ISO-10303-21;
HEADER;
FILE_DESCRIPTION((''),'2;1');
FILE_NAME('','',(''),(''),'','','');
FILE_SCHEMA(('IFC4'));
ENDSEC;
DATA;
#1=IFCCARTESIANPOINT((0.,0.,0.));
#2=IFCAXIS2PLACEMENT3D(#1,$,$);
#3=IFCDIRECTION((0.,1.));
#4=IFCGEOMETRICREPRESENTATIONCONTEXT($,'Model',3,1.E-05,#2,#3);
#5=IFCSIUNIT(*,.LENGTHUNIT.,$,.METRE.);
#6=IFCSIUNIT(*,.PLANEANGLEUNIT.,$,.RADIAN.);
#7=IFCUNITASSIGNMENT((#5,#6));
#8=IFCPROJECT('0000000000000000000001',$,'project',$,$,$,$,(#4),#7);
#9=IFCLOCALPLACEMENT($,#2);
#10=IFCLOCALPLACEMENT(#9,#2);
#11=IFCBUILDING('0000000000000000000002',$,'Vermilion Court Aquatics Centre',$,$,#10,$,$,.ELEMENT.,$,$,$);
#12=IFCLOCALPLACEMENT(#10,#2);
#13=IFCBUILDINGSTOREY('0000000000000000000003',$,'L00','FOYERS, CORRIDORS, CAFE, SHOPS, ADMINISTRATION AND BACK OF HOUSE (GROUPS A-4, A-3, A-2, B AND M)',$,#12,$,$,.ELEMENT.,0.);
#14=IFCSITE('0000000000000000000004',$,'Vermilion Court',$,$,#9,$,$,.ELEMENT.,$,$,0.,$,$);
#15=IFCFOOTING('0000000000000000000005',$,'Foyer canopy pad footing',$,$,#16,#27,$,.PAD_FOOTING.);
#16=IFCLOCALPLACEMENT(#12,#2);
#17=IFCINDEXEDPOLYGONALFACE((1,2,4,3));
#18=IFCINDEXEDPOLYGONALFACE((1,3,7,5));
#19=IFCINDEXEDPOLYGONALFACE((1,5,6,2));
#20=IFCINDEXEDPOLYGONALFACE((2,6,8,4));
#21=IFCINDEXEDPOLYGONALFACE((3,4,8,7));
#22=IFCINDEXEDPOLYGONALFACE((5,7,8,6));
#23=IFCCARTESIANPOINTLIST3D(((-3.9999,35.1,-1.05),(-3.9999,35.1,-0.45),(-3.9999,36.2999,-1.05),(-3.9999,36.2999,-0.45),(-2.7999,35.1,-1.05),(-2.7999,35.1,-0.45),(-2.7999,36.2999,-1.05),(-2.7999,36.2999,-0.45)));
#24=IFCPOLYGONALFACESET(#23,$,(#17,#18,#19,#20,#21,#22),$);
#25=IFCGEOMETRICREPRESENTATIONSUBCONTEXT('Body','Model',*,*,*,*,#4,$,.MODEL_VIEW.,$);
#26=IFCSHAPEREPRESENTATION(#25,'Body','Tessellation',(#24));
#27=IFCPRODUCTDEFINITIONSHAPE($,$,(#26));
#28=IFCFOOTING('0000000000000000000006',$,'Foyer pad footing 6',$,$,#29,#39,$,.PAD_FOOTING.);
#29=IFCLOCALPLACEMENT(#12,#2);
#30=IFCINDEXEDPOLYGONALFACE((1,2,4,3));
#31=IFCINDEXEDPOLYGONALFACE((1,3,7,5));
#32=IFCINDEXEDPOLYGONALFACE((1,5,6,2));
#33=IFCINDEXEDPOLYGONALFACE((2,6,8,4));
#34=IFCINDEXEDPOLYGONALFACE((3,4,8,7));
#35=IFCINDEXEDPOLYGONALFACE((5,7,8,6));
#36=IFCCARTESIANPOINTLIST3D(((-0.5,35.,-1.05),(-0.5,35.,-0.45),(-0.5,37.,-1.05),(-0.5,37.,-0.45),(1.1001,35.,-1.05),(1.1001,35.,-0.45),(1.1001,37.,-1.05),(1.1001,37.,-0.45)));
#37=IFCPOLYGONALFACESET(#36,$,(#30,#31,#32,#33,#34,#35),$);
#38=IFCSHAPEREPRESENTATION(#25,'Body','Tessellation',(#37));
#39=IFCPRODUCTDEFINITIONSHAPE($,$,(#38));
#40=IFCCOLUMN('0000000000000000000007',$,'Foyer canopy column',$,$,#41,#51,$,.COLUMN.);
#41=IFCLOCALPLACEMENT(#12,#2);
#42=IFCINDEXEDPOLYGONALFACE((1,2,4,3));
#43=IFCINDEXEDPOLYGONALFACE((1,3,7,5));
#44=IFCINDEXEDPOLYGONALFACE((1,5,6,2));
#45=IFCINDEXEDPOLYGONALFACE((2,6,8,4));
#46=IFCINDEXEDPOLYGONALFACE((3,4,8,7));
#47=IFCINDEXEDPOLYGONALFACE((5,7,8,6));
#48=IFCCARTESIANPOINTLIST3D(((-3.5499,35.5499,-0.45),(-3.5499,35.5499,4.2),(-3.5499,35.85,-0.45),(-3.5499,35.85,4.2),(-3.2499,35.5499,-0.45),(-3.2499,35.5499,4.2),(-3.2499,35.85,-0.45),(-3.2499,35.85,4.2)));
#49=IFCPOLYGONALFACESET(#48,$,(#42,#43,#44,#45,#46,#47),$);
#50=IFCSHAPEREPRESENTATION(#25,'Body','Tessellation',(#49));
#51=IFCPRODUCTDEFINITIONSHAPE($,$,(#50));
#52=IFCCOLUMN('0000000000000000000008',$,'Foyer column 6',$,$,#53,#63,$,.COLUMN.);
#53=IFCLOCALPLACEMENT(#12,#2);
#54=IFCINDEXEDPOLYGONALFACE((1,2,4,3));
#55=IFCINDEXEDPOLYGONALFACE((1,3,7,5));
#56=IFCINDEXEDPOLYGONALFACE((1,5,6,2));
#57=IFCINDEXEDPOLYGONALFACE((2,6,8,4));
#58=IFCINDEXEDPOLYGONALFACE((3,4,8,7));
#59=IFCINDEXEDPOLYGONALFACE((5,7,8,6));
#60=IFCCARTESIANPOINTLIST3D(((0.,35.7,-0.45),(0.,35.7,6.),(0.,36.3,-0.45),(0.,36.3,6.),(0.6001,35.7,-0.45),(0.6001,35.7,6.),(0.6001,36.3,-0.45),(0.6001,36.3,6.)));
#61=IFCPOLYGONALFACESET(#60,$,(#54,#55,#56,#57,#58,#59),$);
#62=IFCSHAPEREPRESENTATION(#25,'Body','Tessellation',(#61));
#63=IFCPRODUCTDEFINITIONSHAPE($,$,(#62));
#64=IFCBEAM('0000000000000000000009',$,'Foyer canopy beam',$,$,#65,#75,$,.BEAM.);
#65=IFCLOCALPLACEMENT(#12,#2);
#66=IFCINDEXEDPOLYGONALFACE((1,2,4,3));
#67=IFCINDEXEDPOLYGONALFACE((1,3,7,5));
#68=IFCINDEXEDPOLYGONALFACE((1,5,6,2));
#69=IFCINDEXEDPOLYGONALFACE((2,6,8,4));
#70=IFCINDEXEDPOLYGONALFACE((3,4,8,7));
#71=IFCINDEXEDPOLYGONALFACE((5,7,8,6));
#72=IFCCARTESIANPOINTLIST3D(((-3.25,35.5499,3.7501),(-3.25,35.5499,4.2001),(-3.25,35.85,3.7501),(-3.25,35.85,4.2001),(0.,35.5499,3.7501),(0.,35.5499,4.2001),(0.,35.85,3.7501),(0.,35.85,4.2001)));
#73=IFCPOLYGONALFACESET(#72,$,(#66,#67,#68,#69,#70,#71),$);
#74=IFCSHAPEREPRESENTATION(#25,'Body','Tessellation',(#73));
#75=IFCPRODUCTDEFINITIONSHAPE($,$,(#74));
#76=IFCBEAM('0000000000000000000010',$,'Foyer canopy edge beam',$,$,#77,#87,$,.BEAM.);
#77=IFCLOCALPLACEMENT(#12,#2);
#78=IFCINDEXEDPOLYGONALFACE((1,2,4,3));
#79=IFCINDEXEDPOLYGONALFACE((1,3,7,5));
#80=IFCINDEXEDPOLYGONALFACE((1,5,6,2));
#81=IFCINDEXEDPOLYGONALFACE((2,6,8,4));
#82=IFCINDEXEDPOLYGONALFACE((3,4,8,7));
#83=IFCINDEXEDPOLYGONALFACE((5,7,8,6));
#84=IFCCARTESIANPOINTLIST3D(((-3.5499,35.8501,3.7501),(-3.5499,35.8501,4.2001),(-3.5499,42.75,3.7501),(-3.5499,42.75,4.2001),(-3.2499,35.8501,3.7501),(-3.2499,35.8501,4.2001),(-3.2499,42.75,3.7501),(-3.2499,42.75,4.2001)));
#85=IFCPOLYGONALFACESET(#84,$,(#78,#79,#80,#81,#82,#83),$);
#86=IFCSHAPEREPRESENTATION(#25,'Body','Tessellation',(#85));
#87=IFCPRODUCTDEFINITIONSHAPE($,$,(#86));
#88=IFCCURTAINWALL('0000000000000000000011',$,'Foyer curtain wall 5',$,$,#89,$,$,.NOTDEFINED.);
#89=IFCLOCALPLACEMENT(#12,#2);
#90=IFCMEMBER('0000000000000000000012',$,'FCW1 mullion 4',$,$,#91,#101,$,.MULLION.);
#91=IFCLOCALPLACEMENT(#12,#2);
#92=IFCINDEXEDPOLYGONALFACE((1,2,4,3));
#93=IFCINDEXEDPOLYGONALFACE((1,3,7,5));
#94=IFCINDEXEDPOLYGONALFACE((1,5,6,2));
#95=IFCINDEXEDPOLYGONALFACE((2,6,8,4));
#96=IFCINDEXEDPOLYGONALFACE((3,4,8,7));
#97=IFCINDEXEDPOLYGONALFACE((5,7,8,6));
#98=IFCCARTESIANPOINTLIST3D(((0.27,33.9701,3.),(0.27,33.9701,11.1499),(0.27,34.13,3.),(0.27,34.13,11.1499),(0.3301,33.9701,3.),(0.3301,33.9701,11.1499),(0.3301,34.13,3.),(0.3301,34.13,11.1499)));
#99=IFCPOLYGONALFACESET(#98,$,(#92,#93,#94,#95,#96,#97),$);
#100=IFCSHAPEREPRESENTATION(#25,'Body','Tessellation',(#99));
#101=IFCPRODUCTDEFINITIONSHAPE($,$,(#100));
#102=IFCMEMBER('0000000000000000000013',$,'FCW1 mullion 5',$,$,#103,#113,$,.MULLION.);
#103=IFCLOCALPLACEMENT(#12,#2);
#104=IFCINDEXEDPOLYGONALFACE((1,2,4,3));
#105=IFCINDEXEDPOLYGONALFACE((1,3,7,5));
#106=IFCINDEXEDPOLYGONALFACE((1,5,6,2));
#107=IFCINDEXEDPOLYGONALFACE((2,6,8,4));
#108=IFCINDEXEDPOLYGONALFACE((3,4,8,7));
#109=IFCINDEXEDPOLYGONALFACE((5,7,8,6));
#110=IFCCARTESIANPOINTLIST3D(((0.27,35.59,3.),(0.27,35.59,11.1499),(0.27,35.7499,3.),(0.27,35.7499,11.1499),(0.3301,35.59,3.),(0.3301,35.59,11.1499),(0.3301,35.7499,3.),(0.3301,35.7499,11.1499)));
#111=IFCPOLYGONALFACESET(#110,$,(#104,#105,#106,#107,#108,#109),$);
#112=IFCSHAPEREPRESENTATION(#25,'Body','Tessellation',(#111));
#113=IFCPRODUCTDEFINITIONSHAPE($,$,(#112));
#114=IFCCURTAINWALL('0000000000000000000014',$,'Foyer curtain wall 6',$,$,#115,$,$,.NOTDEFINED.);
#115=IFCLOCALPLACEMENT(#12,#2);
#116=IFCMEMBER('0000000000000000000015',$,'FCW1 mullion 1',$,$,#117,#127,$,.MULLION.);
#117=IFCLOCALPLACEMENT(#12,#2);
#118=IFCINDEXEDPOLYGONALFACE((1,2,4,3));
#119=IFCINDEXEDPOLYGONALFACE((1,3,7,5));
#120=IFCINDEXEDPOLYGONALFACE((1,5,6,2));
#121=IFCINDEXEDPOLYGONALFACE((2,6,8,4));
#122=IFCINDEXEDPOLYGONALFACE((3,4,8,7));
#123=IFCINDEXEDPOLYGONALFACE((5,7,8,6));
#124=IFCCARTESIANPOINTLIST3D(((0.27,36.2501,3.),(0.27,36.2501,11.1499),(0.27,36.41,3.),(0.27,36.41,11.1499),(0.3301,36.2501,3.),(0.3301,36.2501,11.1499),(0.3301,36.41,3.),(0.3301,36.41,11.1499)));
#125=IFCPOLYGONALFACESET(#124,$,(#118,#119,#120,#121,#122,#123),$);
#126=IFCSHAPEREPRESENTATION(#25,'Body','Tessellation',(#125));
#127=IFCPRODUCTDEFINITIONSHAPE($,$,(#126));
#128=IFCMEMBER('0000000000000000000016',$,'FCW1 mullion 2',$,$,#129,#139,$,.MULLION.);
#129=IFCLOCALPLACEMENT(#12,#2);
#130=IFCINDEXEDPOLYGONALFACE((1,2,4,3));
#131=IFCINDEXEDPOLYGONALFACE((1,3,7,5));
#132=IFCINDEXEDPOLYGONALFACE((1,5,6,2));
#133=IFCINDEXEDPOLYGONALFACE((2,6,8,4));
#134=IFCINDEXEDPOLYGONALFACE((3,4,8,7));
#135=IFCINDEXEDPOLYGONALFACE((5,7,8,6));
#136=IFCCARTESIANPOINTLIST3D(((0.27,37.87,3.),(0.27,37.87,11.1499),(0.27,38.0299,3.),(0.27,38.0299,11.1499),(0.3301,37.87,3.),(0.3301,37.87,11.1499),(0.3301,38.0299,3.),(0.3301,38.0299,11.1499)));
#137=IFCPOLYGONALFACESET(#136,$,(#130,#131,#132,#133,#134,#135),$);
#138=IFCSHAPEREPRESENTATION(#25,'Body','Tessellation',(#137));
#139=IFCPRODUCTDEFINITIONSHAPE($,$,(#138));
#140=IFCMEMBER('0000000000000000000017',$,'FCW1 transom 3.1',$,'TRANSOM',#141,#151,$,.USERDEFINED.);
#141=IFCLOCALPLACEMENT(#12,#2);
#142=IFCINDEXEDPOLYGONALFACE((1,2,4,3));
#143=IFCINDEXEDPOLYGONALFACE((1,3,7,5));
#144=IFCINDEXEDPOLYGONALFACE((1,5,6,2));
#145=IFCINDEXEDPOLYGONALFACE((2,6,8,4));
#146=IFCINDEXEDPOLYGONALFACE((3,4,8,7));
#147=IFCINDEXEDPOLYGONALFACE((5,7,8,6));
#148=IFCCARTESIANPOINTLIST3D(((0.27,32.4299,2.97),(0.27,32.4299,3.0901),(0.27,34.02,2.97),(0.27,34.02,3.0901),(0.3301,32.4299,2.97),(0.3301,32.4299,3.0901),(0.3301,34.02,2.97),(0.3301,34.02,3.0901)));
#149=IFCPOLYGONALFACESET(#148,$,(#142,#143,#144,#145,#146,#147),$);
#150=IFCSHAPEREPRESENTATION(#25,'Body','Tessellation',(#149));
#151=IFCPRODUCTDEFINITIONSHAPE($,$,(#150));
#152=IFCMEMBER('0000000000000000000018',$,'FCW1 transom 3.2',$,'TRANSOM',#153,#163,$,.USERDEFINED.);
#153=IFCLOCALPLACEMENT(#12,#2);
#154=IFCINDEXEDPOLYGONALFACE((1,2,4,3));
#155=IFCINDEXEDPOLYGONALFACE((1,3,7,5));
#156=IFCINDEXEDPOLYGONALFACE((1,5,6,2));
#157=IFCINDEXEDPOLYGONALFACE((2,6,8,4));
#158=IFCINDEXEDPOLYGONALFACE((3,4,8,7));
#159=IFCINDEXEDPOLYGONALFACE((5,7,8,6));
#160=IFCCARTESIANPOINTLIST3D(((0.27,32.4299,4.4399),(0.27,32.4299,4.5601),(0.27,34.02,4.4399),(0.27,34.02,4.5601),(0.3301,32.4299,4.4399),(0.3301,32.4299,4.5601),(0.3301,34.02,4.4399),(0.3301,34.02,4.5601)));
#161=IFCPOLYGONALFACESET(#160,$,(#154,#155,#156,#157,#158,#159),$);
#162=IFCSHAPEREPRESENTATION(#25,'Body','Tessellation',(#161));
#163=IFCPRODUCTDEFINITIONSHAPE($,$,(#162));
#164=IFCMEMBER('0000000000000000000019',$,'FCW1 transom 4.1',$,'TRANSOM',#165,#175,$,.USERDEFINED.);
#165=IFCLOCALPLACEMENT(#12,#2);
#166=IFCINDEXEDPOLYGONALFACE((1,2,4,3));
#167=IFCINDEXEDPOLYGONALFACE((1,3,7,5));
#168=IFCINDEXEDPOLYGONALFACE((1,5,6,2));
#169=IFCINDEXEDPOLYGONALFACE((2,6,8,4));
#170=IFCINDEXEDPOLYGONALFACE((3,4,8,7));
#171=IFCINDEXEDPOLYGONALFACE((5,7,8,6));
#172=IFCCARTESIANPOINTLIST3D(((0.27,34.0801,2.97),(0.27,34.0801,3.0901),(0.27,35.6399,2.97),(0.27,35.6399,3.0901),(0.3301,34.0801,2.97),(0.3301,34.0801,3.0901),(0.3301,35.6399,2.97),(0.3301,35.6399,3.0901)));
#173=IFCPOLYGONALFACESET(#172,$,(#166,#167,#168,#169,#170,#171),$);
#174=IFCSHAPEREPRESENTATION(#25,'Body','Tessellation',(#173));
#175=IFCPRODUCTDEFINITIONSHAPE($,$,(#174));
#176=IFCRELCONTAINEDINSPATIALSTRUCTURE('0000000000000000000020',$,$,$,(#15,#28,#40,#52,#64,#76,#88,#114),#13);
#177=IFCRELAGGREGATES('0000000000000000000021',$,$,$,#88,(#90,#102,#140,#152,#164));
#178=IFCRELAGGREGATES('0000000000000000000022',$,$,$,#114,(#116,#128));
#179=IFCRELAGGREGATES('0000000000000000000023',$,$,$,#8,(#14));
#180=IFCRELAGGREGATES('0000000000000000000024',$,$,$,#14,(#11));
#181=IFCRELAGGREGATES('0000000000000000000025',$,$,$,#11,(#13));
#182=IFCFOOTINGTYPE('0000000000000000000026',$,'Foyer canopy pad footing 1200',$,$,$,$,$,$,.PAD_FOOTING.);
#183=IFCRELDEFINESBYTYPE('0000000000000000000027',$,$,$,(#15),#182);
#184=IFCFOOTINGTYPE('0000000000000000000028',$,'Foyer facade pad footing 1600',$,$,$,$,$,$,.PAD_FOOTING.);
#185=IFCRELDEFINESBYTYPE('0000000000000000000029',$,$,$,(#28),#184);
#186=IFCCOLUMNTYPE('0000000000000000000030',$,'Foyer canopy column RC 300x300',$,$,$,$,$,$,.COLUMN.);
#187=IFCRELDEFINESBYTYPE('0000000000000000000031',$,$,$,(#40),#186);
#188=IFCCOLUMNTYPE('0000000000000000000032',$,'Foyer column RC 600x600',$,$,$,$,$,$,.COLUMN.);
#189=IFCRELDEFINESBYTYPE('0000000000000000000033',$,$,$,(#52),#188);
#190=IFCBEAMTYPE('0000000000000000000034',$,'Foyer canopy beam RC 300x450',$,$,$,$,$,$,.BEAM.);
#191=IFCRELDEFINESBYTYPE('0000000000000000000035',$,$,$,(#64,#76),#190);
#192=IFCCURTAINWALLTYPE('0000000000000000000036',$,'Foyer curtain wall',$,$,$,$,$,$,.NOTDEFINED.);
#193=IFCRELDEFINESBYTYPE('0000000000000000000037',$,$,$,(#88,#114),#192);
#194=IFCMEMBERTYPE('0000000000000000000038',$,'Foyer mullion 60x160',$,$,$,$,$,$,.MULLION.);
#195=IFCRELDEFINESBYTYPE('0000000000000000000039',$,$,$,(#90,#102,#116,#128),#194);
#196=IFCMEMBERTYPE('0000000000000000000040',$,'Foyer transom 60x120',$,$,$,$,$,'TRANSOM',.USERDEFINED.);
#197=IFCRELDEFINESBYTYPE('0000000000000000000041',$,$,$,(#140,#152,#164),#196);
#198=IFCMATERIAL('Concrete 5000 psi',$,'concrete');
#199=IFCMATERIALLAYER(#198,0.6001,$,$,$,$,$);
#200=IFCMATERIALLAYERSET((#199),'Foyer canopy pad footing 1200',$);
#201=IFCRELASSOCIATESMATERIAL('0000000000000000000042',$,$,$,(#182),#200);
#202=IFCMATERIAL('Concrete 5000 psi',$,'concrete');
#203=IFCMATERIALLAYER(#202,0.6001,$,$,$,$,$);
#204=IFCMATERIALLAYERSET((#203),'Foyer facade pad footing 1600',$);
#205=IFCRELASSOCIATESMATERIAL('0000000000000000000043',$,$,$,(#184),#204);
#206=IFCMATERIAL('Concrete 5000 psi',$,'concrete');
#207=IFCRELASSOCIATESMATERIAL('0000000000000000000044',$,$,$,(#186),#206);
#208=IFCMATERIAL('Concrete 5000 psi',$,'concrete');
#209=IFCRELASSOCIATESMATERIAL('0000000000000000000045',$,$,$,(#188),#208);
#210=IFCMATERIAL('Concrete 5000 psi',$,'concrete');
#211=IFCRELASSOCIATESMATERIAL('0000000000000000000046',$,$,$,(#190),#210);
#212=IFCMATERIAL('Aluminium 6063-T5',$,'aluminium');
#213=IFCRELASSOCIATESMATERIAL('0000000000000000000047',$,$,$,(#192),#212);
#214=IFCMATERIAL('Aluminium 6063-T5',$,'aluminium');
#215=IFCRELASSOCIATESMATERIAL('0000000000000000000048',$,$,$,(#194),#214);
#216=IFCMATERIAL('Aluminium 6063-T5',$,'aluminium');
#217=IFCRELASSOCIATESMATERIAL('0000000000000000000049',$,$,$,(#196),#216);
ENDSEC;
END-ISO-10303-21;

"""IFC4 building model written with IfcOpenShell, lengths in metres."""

from ifc_helpers import new_model, si_unit, direction, frame, origin, origin_2d, place, context, subcontext, project, spatial, rectangle, extrude, material, layer, layer_set, material_profile, profile_set, type_object, element, aggregate, save


model = new_model("IFC4")

# Units and contexts
model_context = context("Model", 3, precision=1e-05, world=origin(), true_north=direction((0.0, 1.0)))
body_context = subcontext(model_context, "Body", "Model", "MODEL_VIEW")
ifc_project = project(units=[si_unit("LENGTHUNIT", "METRE"), si_unit("PLANEANGLEUNIT", "RADIAN")], contexts=[model_context])

# Site, building, storey
site_placement = place(None, origin())
site = spatial("IfcSite", under=ifc_project, at=site_placement, Name="Vermilion Court", CompositionType="ELEMENT", RefElevation=0.0)
building_placement = place(site_placement, origin())
building = spatial("IfcBuilding", under=site, at=building_placement, Name="Vermilion Court Aquatics Centre", CompositionType="ELEMENT")
storey_placement = place(building_placement, origin())
storey = spatial("IfcBuildingStorey", under=building, at=storey_placement, Name="L00", Description="FOYERS, CORRIDORS, CAFE, SHOPS, ADMINISTRATION AND BACK OF HOUSE (GROUPS A-4, A-3, A-2, B AND M)", CompositionType="ELEMENT", Elevation=0.0)

# Footings
ifc_material_1 = material(Name="Concrete 5000 psi", Category="concrete")
ifc_layer_1 = layer(ifc_material_1, 0.6001)
ifc_layer_set_1 = layer_set([ifc_layer_1], Name="Foyer canopy pad footing 1200")
footing_type_1 = type_object("IfcFootingType", Name="Foyer canopy pad footing 1200", PredefinedType="PAD_FOOTING", material=ifc_layer_set_1)
footing_1_placement = place(storey_placement, frame((-3.3999, 35.7, -1.05), z_axis=(0.0, 0.0, 1.0), x_axis=(1.0, 0.0, 0.0)))
element("IfcFooting", 1, at=footing_1_placement, inside=storey, type_object=footing_type_1, Name="Foyer canopy pad footing", PredefinedType="PAD_FOOTING", context=body_context, shape_type="SweptSolid", body=[
    extrude(rectangle(XDim=1.2, YDim=1.2, at=origin_2d()), origin(), (0.0, 0.0, 1.0), 0.6001),
])
ifc_material_2 = material(Name="Concrete 5000 psi", Category="concrete")
ifc_layer_2 = layer(ifc_material_2, 0.6001)
ifc_layer_set_2 = layer_set([ifc_layer_2], Name="Foyer facade pad footing 1600")
footing_type_2 = type_object("IfcFootingType", Name="Foyer facade pad footing 1600", PredefinedType="PAD_FOOTING", material=ifc_layer_set_2)
footing_2_placement = place(storey_placement, frame((0.3, 36.0, -1.05), z_axis=(0.0, 0.0, 1.0), x_axis=(1.0, 0.0, 0.0)))
element("IfcFooting", 2, at=footing_2_placement, inside=storey, type_object=footing_type_2, Name="Foyer pad footing 6", PredefinedType="PAD_FOOTING", context=body_context, shape_type="SweptSolid", body=[
    extrude(rectangle(XDim=1.6001, YDim=2.0, at=origin_2d()), origin(), (0.0, 0.0, 1.0), 0.6001),
])

# Columns
ifc_material_3 = material(Name="Concrete 5000 psi", Category="concrete")
ifc_material_profile_1 = material_profile(ifc_material_3, rectangle(XDim=0.3, YDim=0.3, at=origin_2d()), Name="RC 300x300")
ifc_profile_set_1 = profile_set([ifc_material_profile_1], Name="Concrete 5000 psi")
column_type_1 = type_object("IfcColumnType", Name="Foyer canopy column RC 300x300", PredefinedType="COLUMN", material=ifc_profile_set_1)
column_1_placement = place(storey_placement, frame((-3.3999, 35.7, -0.45), z_axis=(0.0, 0.0, 1.0), x_axis=(1.0, 0.0, 0.0)))
element("IfcColumn", 3, at=column_1_placement, inside=storey, type_object=column_type_1, Name="Foyer canopy column", PredefinedType="COLUMN", context=body_context, shape_type="SweptSolid", body=[
    extrude(rectangle(XDim=0.3, YDim=0.3, at=origin_2d()), origin(), (0.0, 0.0, 1.0), 4.6499),
])
ifc_material_4 = material(Name="Concrete 5000 psi", Category="concrete")
ifc_material_profile_2 = material_profile(ifc_material_4, rectangle(XDim=0.6001, YDim=0.6001, at=origin_2d()), Name="RC 600x600")
ifc_profile_set_2 = profile_set([ifc_material_profile_2], Name="Concrete 5000 psi")
column_type_2 = type_object("IfcColumnType", Name="Foyer column RC 600x600", PredefinedType="COLUMN", material=ifc_profile_set_2)
column_2_placement = place(storey_placement, frame((0.3, 36.0, -0.45), z_axis=(0.0, 0.0, 1.0), x_axis=(1.0, 0.0, 0.0)))
element("IfcColumn", 4, at=column_2_placement, inside=storey, type_object=column_type_2, Name="Foyer column 6", PredefinedType="COLUMN", context=body_context, shape_type="SweptSolid", body=[
    extrude(rectangle(XDim=0.6001, YDim=0.6001, at=origin_2d()), origin(), (0.0, 0.0, 1.0), 6.45),
])

# Beams
ifc_material_5 = material(Name="Concrete 5000 psi", Category="concrete")
ifc_material_profile_3 = material_profile(ifc_material_5, rectangle(XDim=0.3, YDim=0.45, at=origin_2d()), Name="RC 300x450")
ifc_profile_set_3 = profile_set([ifc_material_profile_3], Name="Concrete 5000 psi")
beam_type = type_object("IfcBeamType", Name="Foyer canopy beam RC 300x450", PredefinedType="BEAM", material=ifc_profile_set_3)
beam_1_placement = place(storey_placement, frame((-3.25, 35.7, 3.9751), z_axis=(1.0, 0.0, 0.0), x_axis=(0.0, 1.0, 0.0)))
element("IfcBeam", 5, at=beam_1_placement, inside=storey, type_object=beam_type, Name="Foyer canopy beam", PredefinedType="BEAM", context=body_context, shape_type="SweptSolid", body=[
    extrude(rectangle(XDim=0.3, YDim=0.45, at=origin_2d()), origin(), (0.0, 0.0, 1.0), 3.25),
])
beam_2_placement = place(storey_placement, frame((-3.3999, 35.8501, 3.9751), z_axis=(0.0, 1.0, 0.0), x_axis=(-1.0, 0.0, 0.0)))
element("IfcBeam", 6, at=beam_2_placement, inside=storey, type_object=beam_type, Name="Foyer canopy edge beam", PredefinedType="BEAM", context=body_context, shape_type="SweptSolid", body=[
    extrude(rectangle(XDim=0.3, YDim=0.45, at=origin_2d()), origin(), (0.0, 0.0, 1.0), 6.8999),
])

# Curtain walls, members
ifc_material_6 = material(Name="Aluminium 6063-T5", Category="aluminium")
curtain_wall_type = type_object("IfcCurtainWallType", Name="Foyer curtain wall", PredefinedType="NOTDEFINED", material=ifc_material_6)
curtain_wall_1_placement = place(storey_placement, origin())
curtain_wall_1 = element("IfcCurtainWall", 7, at=curtain_wall_1_placement, inside=storey, type_object=curtain_wall_type, Name="Foyer curtain wall 5", PredefinedType="NOTDEFINED")
ifc_material_7 = material(Name="Aluminium 6063-T5", Category="aluminium")
ifc_material_profile_4 = material_profile(ifc_material_7, rectangle(XDim=0.0601, YDim=0.1599, at=origin_2d()), Name="Aluminium 60x160")
ifc_profile_set_4 = profile_set([ifc_material_profile_4], Name="Aluminium 6063-T5")
member_type_1 = type_object("IfcMemberType", Name="Foyer mullion 60x160", PredefinedType="MULLION", material=ifc_profile_set_4)
member_1_placement = place(storey_placement, frame((0.3, 34.05, 3.0), z_axis=(0.0, 0.0, 1.0), x_axis=(-1.0, 0.0, 0.0)))
member_1 = element("IfcMember", 8, at=member_1_placement, type_object=member_type_1, Name="FCW1 mullion 4", PredefinedType="MULLION", context=body_context, shape_type="SweptSolid", body=[
    extrude(rectangle(XDim=0.0601, YDim=0.1599, at=origin_2d()), origin(), (0.0, 0.0, 1.0), 8.1499),
])
member_2_placement = place(storey_placement, frame((0.3, 35.6699, 3.0), z_axis=(0.0, 0.0, 1.0), x_axis=(-1.0, 0.0, 0.0)))
member_2 = element("IfcMember", 9, at=member_2_placement, type_object=member_type_1, Name="FCW1 mullion 5", PredefinedType="MULLION", context=body_context, shape_type="SweptSolid", body=[
    extrude(rectangle(XDim=0.0601, YDim=0.1599, at=origin_2d()), origin(), (0.0, 0.0, 1.0), 8.1499),
])
curtain_wall_2_placement = place(storey_placement, origin())
curtain_wall_2 = element("IfcCurtainWall", 10, at=curtain_wall_2_placement, inside=storey, type_object=curtain_wall_type, Name="Foyer curtain wall 6", PredefinedType="NOTDEFINED")
member_3_placement = place(storey_placement, frame((0.3, 36.3301, 3.0), z_axis=(0.0, 0.0, 1.0), x_axis=(-1.0, 0.0, 0.0)))
member_3 = element("IfcMember", 11, at=member_3_placement, type_object=member_type_1, Name="FCW1 mullion 1", PredefinedType="MULLION", context=body_context, shape_type="SweptSolid", body=[
    extrude(rectangle(XDim=0.0601, YDim=0.1599, at=origin_2d()), origin(), (0.0, 0.0, 1.0), 8.1499),
])
member_4_placement = place(storey_placement, frame((0.3, 37.95, 3.0), z_axis=(0.0, 0.0, 1.0), x_axis=(-1.0, 0.0, 0.0)))
member_4 = element("IfcMember", 12, at=member_4_placement, type_object=member_type_1, Name="FCW1 mullion 2", PredefinedType="MULLION", context=body_context, shape_type="SweptSolid", body=[
    extrude(rectangle(XDim=0.0601, YDim=0.1599, at=origin_2d()), origin(), (0.0, 0.0, 1.0), 8.1499),
])

# Members
ifc_material_8 = material(Name="Aluminium 6063-T5", Category="aluminium")
ifc_material_profile_5 = material_profile(ifc_material_8, rectangle(XDim=0.0601, YDim=0.1201, at=origin_2d()), Name="Aluminium 60x120")
ifc_profile_set_5 = profile_set([ifc_material_profile_5], Name="Aluminium 6063-T5")
member_type_2 = type_object("IfcMemberType", Name="Foyer transom 60x120", ElementType="TRANSOM", PredefinedType="USERDEFINED", material=ifc_profile_set_5)
member_5_placement = place(storey_placement, frame((0.3, 32.4299, 3.03), z_axis=(0.0, 1.0, 0.0), x_axis=(-1.0, 0.0, 0.0)))
member_5 = element("IfcMember", 13, at=member_5_placement, type_object=member_type_2, Name="FCW1 transom 3.1", ObjectType="TRANSOM", PredefinedType="USERDEFINED", context=body_context, shape_type="SweptSolid", body=[
    extrude(rectangle(XDim=0.0601, YDim=0.1201, at=origin_2d()), origin(), (0.0, 0.0, 1.0), 1.5901),
])
member_6_placement = place(storey_placement, frame((0.3, 32.4299, 4.5), z_axis=(0.0, 1.0, 0.0), x_axis=(-1.0, 0.0, 0.0)))
member_6 = element("IfcMember", 14, at=member_6_placement, type_object=member_type_2, Name="FCW1 transom 3.2", ObjectType="TRANSOM", PredefinedType="USERDEFINED", context=body_context, shape_type="SweptSolid", body=[
    extrude(rectangle(XDim=0.0601, YDim=0.1201, at=origin_2d()), origin(), (0.0, 0.0, 1.0), 1.5901),
])
member_7_placement = place(storey_placement, frame((0.3, 34.0801, 3.03), z_axis=(0.0, 1.0, 0.0), x_axis=(-1.0, 0.0, 0.0)))
member_7 = element("IfcMember", 15, at=member_7_placement, type_object=member_type_2, Name="FCW1 transom 4.1", ObjectType="TRANSOM", PredefinedType="USERDEFINED", context=body_context, shape_type="SweptSolid", body=[
    extrude(rectangle(XDim=0.0601, YDim=0.1201, at=origin_2d()), origin(), (0.0, 0.0, 1.0), 1.5598),
])

aggregate(curtain_wall_1, [member_1, member_2, member_5, member_6, member_7])
aggregate(curtain_wall_2, [member_3, member_4])

save(model, "model.ifc")
